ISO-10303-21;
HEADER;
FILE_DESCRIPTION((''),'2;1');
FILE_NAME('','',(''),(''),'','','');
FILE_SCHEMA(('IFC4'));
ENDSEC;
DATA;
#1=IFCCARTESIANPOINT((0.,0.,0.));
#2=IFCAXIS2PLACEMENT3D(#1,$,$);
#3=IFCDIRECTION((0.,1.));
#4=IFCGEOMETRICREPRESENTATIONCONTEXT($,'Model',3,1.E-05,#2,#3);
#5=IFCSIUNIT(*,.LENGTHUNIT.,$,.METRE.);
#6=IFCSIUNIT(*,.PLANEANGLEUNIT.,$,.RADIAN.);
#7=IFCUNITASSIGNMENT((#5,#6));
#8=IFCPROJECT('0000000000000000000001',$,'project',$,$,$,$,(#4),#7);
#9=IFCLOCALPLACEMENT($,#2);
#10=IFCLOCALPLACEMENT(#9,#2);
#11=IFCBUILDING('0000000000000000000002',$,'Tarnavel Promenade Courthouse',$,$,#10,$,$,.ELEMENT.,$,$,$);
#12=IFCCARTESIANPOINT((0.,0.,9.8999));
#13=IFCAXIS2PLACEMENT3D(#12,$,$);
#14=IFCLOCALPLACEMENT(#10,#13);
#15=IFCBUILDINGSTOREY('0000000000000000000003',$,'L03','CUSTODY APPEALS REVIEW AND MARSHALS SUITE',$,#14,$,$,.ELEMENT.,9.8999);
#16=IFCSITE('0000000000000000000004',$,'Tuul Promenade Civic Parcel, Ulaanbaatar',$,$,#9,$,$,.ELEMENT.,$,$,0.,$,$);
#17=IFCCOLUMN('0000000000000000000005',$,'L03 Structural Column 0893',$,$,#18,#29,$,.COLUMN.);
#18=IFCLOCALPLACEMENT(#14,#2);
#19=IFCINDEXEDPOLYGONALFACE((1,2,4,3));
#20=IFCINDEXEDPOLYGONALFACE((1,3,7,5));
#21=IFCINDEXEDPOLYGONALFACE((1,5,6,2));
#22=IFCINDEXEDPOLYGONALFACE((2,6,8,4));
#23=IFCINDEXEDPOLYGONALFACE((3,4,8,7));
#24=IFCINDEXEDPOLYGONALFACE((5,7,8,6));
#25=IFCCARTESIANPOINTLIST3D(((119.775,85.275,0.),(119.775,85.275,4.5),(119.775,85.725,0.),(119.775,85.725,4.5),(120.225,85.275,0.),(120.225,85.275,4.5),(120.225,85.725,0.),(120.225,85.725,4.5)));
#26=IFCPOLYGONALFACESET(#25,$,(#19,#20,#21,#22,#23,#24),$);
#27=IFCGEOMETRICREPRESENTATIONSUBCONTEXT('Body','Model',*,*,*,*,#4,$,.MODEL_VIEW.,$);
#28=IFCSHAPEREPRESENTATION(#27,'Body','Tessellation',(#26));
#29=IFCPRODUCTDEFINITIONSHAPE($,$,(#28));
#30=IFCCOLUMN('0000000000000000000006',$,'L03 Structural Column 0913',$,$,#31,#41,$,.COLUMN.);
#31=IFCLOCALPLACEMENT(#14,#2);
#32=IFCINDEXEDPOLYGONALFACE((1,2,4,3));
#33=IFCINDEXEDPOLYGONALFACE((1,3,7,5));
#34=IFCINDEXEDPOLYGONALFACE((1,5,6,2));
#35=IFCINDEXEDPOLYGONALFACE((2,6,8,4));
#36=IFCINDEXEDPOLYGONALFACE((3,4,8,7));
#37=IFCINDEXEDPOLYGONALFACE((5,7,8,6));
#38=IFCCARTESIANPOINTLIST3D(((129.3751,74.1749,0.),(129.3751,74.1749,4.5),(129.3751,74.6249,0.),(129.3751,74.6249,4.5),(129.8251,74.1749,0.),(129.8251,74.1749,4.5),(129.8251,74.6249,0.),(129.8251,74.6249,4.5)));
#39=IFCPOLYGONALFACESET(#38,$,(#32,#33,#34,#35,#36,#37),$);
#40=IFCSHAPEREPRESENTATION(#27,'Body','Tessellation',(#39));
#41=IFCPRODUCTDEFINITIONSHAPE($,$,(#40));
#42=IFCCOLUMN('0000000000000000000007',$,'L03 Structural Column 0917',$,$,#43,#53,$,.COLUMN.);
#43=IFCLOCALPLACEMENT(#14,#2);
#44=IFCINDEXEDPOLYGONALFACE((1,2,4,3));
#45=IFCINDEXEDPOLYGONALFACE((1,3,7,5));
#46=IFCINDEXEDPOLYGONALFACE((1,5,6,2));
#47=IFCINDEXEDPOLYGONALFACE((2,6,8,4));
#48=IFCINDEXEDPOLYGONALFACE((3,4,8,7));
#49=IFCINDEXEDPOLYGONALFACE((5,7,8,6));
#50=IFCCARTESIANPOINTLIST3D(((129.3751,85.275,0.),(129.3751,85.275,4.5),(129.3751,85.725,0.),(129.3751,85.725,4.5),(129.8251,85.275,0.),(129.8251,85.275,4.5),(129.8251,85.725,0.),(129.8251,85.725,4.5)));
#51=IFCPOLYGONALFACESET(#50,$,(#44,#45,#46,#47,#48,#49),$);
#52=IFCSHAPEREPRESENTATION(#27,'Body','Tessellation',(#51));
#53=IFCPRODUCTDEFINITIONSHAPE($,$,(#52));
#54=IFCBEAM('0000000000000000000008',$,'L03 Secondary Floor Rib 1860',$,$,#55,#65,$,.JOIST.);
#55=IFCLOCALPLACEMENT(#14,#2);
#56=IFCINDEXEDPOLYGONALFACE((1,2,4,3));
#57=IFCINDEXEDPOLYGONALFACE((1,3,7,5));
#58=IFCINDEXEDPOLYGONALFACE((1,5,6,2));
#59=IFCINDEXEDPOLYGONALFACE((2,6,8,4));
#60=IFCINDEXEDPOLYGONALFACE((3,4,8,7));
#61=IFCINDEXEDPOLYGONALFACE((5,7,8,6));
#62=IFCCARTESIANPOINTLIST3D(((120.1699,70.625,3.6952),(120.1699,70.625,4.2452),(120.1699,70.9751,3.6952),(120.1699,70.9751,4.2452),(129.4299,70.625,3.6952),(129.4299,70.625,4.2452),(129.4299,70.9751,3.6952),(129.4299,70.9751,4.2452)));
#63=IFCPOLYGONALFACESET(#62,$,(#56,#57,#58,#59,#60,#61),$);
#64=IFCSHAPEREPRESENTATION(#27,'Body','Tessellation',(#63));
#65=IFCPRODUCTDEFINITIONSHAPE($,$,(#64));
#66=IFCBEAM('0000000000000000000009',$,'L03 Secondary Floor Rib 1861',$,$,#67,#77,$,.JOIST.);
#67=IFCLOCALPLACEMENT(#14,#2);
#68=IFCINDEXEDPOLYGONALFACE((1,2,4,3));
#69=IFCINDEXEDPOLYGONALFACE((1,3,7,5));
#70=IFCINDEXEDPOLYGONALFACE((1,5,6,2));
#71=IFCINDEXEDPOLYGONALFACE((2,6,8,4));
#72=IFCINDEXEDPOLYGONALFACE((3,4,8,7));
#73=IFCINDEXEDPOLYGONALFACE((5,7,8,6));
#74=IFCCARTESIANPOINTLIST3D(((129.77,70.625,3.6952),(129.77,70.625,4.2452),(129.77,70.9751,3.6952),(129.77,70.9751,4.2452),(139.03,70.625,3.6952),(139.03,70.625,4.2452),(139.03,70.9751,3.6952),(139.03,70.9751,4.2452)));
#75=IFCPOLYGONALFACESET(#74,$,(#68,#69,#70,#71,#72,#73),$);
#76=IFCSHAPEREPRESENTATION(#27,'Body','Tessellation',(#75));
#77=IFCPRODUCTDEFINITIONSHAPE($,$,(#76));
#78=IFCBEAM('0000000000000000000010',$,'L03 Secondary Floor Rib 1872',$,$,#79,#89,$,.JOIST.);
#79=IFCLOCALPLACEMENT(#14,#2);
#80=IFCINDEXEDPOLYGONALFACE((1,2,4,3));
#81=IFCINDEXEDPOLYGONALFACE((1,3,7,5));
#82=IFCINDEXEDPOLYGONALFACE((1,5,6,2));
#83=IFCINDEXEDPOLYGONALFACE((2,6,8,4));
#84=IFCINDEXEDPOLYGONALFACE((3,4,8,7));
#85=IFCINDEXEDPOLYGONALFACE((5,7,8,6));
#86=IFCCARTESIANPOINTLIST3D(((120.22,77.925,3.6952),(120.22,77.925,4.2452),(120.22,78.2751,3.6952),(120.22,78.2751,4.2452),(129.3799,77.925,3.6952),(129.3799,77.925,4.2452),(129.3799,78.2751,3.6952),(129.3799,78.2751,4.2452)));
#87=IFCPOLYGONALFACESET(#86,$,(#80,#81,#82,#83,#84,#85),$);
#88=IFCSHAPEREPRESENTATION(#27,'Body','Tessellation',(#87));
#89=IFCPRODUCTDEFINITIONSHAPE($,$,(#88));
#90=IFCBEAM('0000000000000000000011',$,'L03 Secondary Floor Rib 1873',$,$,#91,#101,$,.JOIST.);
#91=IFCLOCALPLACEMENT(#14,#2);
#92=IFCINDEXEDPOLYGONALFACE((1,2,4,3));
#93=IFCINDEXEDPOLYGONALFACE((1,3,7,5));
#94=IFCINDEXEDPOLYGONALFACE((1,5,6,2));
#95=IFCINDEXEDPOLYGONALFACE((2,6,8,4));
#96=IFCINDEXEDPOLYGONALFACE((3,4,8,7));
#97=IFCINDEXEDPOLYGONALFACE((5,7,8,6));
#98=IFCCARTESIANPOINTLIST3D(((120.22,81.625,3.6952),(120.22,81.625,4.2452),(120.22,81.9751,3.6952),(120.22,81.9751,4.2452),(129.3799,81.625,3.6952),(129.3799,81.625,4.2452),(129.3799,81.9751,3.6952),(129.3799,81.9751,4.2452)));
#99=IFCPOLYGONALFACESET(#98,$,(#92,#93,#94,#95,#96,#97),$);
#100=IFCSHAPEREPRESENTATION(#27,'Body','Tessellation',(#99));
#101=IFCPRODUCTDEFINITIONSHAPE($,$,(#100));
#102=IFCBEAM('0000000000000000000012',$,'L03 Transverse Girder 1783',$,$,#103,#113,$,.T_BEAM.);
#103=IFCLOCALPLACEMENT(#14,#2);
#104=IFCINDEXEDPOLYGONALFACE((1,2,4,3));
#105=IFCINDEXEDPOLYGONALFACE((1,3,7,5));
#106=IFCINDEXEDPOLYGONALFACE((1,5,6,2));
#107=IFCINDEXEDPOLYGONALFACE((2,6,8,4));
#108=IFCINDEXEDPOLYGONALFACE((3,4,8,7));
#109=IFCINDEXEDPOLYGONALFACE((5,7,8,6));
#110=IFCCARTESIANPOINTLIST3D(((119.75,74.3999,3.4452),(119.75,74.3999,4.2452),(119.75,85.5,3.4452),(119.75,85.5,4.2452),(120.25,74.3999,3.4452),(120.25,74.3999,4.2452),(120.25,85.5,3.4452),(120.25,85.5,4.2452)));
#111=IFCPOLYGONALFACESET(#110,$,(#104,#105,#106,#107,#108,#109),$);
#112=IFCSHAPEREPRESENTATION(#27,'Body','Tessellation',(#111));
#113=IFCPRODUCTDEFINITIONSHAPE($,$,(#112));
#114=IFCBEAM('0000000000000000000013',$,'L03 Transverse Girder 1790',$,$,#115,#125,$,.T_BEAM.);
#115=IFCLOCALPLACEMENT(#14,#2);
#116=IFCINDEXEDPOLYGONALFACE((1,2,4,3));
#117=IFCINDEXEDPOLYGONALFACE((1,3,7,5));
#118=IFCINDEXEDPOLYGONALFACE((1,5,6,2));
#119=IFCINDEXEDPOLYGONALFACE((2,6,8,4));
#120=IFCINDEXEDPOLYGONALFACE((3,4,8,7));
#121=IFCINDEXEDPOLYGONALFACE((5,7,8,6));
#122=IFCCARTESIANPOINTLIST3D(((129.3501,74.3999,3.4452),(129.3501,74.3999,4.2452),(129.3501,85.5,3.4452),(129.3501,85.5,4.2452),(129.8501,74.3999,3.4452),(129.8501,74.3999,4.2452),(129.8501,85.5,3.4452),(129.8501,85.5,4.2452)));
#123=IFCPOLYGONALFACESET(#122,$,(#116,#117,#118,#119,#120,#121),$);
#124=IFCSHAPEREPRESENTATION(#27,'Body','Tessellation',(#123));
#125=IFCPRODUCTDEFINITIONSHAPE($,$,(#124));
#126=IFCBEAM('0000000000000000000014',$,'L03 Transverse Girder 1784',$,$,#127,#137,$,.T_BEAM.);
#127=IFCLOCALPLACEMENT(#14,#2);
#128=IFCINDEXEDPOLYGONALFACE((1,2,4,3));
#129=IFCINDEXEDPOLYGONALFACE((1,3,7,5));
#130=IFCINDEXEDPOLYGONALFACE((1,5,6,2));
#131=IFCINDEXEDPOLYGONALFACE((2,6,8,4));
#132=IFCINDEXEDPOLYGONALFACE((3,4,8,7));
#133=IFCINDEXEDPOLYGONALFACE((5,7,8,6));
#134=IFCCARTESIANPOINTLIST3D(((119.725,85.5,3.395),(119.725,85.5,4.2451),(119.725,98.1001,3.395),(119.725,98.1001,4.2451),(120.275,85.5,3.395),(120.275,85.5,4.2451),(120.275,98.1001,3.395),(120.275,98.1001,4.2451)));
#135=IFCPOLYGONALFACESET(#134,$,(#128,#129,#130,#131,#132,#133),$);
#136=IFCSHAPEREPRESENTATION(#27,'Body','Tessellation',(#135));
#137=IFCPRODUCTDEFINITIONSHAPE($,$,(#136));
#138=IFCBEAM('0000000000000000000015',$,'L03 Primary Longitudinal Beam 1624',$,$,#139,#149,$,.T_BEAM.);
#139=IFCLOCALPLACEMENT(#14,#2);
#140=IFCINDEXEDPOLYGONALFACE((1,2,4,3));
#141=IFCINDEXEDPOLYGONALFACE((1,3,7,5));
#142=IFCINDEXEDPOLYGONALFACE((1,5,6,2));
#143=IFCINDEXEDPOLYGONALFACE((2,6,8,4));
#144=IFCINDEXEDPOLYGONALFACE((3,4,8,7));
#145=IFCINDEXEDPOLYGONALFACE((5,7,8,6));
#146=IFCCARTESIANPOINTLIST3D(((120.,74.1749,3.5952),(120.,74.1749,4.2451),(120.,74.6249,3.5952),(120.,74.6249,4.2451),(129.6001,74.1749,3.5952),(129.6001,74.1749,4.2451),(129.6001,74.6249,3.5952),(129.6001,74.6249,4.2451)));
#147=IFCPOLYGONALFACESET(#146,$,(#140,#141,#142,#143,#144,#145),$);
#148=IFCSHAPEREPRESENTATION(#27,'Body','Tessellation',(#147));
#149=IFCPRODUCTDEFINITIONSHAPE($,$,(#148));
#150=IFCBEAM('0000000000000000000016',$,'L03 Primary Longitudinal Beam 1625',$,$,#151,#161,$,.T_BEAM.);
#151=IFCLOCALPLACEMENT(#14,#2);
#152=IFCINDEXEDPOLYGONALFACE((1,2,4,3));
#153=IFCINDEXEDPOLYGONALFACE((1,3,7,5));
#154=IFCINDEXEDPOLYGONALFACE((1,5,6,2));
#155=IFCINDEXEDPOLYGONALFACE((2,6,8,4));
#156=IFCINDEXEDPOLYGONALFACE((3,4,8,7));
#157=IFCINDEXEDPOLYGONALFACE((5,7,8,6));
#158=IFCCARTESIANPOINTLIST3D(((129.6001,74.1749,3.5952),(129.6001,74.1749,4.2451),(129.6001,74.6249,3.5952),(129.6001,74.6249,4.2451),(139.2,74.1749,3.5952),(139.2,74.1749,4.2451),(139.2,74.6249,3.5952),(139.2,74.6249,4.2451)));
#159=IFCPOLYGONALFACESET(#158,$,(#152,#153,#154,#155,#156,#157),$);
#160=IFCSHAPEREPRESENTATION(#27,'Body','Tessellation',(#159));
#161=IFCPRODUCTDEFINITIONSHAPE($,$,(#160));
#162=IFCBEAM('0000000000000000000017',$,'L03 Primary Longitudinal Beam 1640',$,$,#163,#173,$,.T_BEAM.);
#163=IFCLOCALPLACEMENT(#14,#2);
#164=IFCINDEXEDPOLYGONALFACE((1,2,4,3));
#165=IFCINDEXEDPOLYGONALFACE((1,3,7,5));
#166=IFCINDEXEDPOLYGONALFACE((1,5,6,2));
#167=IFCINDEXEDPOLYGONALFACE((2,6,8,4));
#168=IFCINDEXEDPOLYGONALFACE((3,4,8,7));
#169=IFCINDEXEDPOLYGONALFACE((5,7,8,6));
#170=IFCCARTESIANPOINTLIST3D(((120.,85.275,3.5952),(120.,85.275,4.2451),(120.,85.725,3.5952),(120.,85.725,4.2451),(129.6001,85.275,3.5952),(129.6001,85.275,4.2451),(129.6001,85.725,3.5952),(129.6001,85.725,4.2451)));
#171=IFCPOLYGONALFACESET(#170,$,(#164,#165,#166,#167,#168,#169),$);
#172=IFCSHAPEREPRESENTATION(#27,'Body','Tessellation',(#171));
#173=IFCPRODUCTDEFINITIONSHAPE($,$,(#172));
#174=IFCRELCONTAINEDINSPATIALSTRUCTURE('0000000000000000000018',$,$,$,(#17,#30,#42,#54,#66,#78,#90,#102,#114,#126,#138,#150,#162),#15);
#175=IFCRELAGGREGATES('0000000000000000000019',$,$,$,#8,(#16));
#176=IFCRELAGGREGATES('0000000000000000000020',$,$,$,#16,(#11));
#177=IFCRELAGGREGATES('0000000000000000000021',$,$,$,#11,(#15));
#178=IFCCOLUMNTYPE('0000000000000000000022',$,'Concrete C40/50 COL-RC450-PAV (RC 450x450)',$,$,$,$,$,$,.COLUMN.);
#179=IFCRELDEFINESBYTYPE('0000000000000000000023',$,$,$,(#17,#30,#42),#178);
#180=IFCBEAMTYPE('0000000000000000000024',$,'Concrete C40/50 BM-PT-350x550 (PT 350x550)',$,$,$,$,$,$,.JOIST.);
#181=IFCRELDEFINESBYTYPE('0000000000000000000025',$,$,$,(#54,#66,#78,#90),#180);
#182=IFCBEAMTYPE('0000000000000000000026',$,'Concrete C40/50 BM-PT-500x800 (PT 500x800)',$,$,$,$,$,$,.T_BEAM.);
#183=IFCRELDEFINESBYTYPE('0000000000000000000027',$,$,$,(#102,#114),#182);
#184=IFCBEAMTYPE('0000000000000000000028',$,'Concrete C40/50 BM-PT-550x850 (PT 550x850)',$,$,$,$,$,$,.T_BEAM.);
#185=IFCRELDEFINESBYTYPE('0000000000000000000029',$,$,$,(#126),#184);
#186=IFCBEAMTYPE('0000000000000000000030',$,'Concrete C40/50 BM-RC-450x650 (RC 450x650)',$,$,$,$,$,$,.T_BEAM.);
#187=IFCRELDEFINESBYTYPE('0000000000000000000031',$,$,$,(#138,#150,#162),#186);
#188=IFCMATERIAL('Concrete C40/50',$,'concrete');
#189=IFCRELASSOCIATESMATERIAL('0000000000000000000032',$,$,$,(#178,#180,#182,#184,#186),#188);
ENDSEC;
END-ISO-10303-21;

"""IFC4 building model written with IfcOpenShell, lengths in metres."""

from ifc_helpers import new_model, si_unit, direction, frame, origin, origin_2d, place, context, subcontext, project, spatial, rectangle, extrude, material, material_profile, profile_set, type_object, element, save


model = new_model("IFC4")

# Units and contexts
model_context = context("Model", 3, precision=1e-05, world=origin(), true_north=direction((0.0, 1.0)))
body_context = subcontext(model_context, "Body", "Model", "MODEL_VIEW")
ifc_project = project(units=[si_unit("LENGTHUNIT", "METRE"), si_unit("PLANEANGLEUNIT", "RADIAN")], contexts=[model_context])

# Site, building, storey
site_placement = place(None, origin())
site = spatial("IfcSite", under=ifc_project, at=site_placement, Name="Tuul Promenade Civic Parcel, Ulaanbaatar", CompositionType="ELEMENT", RefElevation=0.0)
building_placement = place(site_placement, origin())
building = spatial("IfcBuilding", under=site, at=building_placement, Name="Tarnavel Promenade Courthouse", CompositionType="ELEMENT")
storey_placement = place(building_placement, frame((0.0, 0.0, 9.8999)))
storey = spatial("IfcBuildingStorey", under=building, at=storey_placement, Name="L03", Description="CUSTODY APPEALS REVIEW AND MARSHALS SUITE", CompositionType="ELEMENT", Elevation=9.8999)

# Columns
ifc_material_1 = material(Name="Concrete C40/50", Category="concrete")
ifc_material_profile_1 = material_profile(ifc_material_1, rectangle(XDim=0.45, YDim=0.45, at=origin_2d()), Name="RC 450x450")
ifc_profile_set_1 = profile_set([ifc_material_profile_1], Name="Concrete C40/50")
column_type = type_object("IfcColumnType", Name="Concrete C40/50 COL-RC450-PAV (RC 450x450)", PredefinedType="COLUMN", material=ifc_profile_set_1)
for number, where, z_axis, x_axis, name in (
    (1, (120.0, 85.5, 0.0), (0.0, 0.0, 1.0), (1.0, 0.0, 0.0), "L03 Structural Column 0893"),
    (2, (129.6001, 74.3999, 0.0), (0.0, 0.0, 1.0), (1.0, 0.0, 0.0), "L03 Structural Column 0913"),
    (3, (129.6001, 85.5, 0.0), (0.0, 0.0, 1.0), (1.0, 0.0, 0.0), "L03 Structural Column 0917"),
):
    element("IfcColumn", number, at=place(storey_placement, frame(where, z_axis=z_axis, x_axis=x_axis)), inside=storey, type_object=column_type, Name=name, PredefinedType="COLUMN", context=body_context, shape_type="SweptSolid", body=[
        extrude(rectangle(XDim=0.45, YDim=0.45, at=origin_2d()), origin(), (0.0, 0.0, 1.0), 4.5),
    ])

# Beams
ifc_material_profile_2 = material_profile(ifc_material_1, rectangle(XDim=0.3501, YDim=0.55, at=origin_2d()), Name="PT 350x550")
ifc_profile_set_2 = profile_set([ifc_material_profile_2], Name="Concrete C40/50")
beam_type_1 = type_object("IfcBeamType", Name="Concrete C40/50 BM-PT-350x550 (PT 350x550)", PredefinedType="JOIST", material=ifc_profile_set_2)
for number, where, z_axis, x_axis, name in (
    (4, (120.1699, 70.8, 3.9702), (1.0, 0.0, 0.0), (0.0, 1.0, 0.0), "L03 Secondary Floor Rib 1860"),
    (5, (129.77, 70.8, 3.9702), (1.0, 0.0, 0.0), (0.0, 1.0, 0.0), "L03 Secondary Floor Rib 1861"),
):
    element("IfcBeam", number, at=place(storey_placement, frame(where, z_axis=z_axis, x_axis=x_axis)), inside=storey, type_object=beam_type_1, Name=name, PredefinedType="JOIST", context=body_context, shape_type="SweptSolid", body=[
        extrude(rectangle(XDim=0.3501, YDim=0.55, at=origin_2d()), origin(), (0.0, 0.0, 1.0), 9.26),
    ])
for number, where, z_axis, x_axis, name in (
    (6, (120.22, 78.1001, 3.9702), (1.0, 0.0, 0.0), (0.0, 1.0, 0.0), "L03 Secondary Floor Rib 1872"),
    (7, (120.22, 81.8, 3.9702), (1.0, 0.0, 0.0), (0.0, 1.0, 0.0), "L03 Secondary Floor Rib 1873"),
):
    element("IfcBeam", number, at=place(storey_placement, frame(where, z_axis=z_axis, x_axis=x_axis)), inside=storey, type_object=beam_type_1, Name=name, PredefinedType="JOIST", context=body_context, shape_type="SweptSolid", body=[
        extrude(rectangle(XDim=0.3501, YDim=0.55, at=origin_2d()), origin(), (0.0, 0.0, 1.0), 9.1599),
    ])
ifc_material_profile_3 = material_profile(ifc_material_1, rectangle(XDim=0.5, YDim=0.8, at=origin_2d()), Name="PT 500x800")
ifc_profile_set_3 = profile_set([ifc_material_profile_3], Name="Concrete C40/50")
beam_type_2 = type_object("IfcBeamType", Name="Concrete C40/50 BM-PT-500x800 (PT 500x800)", PredefinedType="T_BEAM", material=ifc_profile_set_3)
for number, where, z_axis, x_axis, name in (
    (8, (120.0, 74.3999, 3.8452), (0.0, 1.0, 0.0), (-1.0, 0.0, 0.0), "L03 Transverse Girder 1783"),
    (9, (129.6001, 74.3999, 3.8452), (0.0, 1.0, 0.0), (-1.0, 0.0, 0.0), "L03 Transverse Girder 1790"),
):
    element("IfcBeam", number, at=place(storey_placement, frame(where, z_axis=z_axis, x_axis=x_axis)), inside=storey, type_object=beam_type_2, Name=name, PredefinedType="T_BEAM", context=body_context, shape_type="SweptSolid", body=[
        extrude(rectangle(XDim=0.5, YDim=0.8, at=origin_2d()), origin(), (0.0, 0.0, 1.0), 11.1001),
    ])
ifc_material_profile_4 = material_profile(ifc_material_1, rectangle(XDim=0.55, YDim=0.8501, at=origin_2d()), Name="PT 550x850")
ifc_profile_set_4 = profile_set([ifc_material_profile_4], Name="Concrete C40/50")
beam_type_3 = type_object("IfcBeamType", Name="Concrete C40/50 BM-PT-550x850 (PT 550x850)", PredefinedType="T_BEAM", material=ifc_profile_set_4)
beam_1_placement = place(storey_placement, frame((120.0, 85.5, 3.8201), z_axis=(0.0, 1.0, 0.0), x_axis=(-1.0, 0.0, 0.0)))
element("IfcBeam", 10, at=beam_1_placement, inside=storey, type_object=beam_type_3, Name="L03 Transverse Girder 1784", PredefinedType="T_BEAM", context=body_context, shape_type="SweptSolid", body=[
    extrude(rectangle(XDim=0.55, YDim=0.8501, at=origin_2d()), origin(), (0.0, 0.0, 1.0), 12.6001),
])
ifc_material_profile_5 = material_profile(ifc_material_1, rectangle(XDim=0.45, YDim=0.6499, at=origin_2d()), Name="RC 450x650")
ifc_profile_set_5 = profile_set([ifc_material_profile_5], Name="Concrete C40/50")
beam_type_4 = type_object("IfcBeamType", Name="Concrete C40/50 BM-RC-450x650 (RC 450x650)", PredefinedType="T_BEAM", material=ifc_profile_set_5)
beam_2_placement = place(storey_placement, frame((120.0, 74.3999, 3.9202), z_axis=(1.0, 0.0, 0.0), x_axis=(0.0, 1.0, 0.0)))
element("IfcBeam", 11, at=beam_2_placement, inside=storey, type_object=beam_type_4, Name="L03 Primary Longitudinal Beam 1624", PredefinedType="T_BEAM", context=body_context, shape_type="SweptSolid", body=[
    extrude(rectangle(XDim=0.45, YDim=0.6499, at=origin_2d()), origin(), (0.0, 0.0, 1.0), 9.6001),
])
beam_3_placement = place(storey_placement, frame((129.6001, 74.3999, 3.9202), z_axis=(1.0, 0.0, 0.0), x_axis=(0.0, 1.0, 0.0)))
element("IfcBeam", 12, at=beam_3_placement, inside=storey, type_object=beam_type_4, Name="L03 Primary Longitudinal Beam 1625", PredefinedType="T_BEAM", context=body_context, shape_type="SweptSolid", body=[
    extrude(rectangle(XDim=0.45, YDim=0.6499, at=origin_2d()), origin(), (0.0, 0.0, 1.0), 9.5999),
])
beam_4_placement = place(storey_placement, frame((120.0, 85.5, 3.9202), z_axis=(1.0, 0.0, 0.0), x_axis=(0.0, 1.0, 0.0)))
element("IfcBeam", 13, at=beam_4_placement, inside=storey, type_object=beam_type_4, Name="L03 Primary Longitudinal Beam 1640", PredefinedType="T_BEAM", context=body_context, shape_type="SweptSolid", body=[
    extrude(rectangle(XDim=0.45, YDim=0.6499, at=origin_2d()), origin(), (0.0, 0.0, 1.0), 9.6001),
])

save(model, "model.ifc")
